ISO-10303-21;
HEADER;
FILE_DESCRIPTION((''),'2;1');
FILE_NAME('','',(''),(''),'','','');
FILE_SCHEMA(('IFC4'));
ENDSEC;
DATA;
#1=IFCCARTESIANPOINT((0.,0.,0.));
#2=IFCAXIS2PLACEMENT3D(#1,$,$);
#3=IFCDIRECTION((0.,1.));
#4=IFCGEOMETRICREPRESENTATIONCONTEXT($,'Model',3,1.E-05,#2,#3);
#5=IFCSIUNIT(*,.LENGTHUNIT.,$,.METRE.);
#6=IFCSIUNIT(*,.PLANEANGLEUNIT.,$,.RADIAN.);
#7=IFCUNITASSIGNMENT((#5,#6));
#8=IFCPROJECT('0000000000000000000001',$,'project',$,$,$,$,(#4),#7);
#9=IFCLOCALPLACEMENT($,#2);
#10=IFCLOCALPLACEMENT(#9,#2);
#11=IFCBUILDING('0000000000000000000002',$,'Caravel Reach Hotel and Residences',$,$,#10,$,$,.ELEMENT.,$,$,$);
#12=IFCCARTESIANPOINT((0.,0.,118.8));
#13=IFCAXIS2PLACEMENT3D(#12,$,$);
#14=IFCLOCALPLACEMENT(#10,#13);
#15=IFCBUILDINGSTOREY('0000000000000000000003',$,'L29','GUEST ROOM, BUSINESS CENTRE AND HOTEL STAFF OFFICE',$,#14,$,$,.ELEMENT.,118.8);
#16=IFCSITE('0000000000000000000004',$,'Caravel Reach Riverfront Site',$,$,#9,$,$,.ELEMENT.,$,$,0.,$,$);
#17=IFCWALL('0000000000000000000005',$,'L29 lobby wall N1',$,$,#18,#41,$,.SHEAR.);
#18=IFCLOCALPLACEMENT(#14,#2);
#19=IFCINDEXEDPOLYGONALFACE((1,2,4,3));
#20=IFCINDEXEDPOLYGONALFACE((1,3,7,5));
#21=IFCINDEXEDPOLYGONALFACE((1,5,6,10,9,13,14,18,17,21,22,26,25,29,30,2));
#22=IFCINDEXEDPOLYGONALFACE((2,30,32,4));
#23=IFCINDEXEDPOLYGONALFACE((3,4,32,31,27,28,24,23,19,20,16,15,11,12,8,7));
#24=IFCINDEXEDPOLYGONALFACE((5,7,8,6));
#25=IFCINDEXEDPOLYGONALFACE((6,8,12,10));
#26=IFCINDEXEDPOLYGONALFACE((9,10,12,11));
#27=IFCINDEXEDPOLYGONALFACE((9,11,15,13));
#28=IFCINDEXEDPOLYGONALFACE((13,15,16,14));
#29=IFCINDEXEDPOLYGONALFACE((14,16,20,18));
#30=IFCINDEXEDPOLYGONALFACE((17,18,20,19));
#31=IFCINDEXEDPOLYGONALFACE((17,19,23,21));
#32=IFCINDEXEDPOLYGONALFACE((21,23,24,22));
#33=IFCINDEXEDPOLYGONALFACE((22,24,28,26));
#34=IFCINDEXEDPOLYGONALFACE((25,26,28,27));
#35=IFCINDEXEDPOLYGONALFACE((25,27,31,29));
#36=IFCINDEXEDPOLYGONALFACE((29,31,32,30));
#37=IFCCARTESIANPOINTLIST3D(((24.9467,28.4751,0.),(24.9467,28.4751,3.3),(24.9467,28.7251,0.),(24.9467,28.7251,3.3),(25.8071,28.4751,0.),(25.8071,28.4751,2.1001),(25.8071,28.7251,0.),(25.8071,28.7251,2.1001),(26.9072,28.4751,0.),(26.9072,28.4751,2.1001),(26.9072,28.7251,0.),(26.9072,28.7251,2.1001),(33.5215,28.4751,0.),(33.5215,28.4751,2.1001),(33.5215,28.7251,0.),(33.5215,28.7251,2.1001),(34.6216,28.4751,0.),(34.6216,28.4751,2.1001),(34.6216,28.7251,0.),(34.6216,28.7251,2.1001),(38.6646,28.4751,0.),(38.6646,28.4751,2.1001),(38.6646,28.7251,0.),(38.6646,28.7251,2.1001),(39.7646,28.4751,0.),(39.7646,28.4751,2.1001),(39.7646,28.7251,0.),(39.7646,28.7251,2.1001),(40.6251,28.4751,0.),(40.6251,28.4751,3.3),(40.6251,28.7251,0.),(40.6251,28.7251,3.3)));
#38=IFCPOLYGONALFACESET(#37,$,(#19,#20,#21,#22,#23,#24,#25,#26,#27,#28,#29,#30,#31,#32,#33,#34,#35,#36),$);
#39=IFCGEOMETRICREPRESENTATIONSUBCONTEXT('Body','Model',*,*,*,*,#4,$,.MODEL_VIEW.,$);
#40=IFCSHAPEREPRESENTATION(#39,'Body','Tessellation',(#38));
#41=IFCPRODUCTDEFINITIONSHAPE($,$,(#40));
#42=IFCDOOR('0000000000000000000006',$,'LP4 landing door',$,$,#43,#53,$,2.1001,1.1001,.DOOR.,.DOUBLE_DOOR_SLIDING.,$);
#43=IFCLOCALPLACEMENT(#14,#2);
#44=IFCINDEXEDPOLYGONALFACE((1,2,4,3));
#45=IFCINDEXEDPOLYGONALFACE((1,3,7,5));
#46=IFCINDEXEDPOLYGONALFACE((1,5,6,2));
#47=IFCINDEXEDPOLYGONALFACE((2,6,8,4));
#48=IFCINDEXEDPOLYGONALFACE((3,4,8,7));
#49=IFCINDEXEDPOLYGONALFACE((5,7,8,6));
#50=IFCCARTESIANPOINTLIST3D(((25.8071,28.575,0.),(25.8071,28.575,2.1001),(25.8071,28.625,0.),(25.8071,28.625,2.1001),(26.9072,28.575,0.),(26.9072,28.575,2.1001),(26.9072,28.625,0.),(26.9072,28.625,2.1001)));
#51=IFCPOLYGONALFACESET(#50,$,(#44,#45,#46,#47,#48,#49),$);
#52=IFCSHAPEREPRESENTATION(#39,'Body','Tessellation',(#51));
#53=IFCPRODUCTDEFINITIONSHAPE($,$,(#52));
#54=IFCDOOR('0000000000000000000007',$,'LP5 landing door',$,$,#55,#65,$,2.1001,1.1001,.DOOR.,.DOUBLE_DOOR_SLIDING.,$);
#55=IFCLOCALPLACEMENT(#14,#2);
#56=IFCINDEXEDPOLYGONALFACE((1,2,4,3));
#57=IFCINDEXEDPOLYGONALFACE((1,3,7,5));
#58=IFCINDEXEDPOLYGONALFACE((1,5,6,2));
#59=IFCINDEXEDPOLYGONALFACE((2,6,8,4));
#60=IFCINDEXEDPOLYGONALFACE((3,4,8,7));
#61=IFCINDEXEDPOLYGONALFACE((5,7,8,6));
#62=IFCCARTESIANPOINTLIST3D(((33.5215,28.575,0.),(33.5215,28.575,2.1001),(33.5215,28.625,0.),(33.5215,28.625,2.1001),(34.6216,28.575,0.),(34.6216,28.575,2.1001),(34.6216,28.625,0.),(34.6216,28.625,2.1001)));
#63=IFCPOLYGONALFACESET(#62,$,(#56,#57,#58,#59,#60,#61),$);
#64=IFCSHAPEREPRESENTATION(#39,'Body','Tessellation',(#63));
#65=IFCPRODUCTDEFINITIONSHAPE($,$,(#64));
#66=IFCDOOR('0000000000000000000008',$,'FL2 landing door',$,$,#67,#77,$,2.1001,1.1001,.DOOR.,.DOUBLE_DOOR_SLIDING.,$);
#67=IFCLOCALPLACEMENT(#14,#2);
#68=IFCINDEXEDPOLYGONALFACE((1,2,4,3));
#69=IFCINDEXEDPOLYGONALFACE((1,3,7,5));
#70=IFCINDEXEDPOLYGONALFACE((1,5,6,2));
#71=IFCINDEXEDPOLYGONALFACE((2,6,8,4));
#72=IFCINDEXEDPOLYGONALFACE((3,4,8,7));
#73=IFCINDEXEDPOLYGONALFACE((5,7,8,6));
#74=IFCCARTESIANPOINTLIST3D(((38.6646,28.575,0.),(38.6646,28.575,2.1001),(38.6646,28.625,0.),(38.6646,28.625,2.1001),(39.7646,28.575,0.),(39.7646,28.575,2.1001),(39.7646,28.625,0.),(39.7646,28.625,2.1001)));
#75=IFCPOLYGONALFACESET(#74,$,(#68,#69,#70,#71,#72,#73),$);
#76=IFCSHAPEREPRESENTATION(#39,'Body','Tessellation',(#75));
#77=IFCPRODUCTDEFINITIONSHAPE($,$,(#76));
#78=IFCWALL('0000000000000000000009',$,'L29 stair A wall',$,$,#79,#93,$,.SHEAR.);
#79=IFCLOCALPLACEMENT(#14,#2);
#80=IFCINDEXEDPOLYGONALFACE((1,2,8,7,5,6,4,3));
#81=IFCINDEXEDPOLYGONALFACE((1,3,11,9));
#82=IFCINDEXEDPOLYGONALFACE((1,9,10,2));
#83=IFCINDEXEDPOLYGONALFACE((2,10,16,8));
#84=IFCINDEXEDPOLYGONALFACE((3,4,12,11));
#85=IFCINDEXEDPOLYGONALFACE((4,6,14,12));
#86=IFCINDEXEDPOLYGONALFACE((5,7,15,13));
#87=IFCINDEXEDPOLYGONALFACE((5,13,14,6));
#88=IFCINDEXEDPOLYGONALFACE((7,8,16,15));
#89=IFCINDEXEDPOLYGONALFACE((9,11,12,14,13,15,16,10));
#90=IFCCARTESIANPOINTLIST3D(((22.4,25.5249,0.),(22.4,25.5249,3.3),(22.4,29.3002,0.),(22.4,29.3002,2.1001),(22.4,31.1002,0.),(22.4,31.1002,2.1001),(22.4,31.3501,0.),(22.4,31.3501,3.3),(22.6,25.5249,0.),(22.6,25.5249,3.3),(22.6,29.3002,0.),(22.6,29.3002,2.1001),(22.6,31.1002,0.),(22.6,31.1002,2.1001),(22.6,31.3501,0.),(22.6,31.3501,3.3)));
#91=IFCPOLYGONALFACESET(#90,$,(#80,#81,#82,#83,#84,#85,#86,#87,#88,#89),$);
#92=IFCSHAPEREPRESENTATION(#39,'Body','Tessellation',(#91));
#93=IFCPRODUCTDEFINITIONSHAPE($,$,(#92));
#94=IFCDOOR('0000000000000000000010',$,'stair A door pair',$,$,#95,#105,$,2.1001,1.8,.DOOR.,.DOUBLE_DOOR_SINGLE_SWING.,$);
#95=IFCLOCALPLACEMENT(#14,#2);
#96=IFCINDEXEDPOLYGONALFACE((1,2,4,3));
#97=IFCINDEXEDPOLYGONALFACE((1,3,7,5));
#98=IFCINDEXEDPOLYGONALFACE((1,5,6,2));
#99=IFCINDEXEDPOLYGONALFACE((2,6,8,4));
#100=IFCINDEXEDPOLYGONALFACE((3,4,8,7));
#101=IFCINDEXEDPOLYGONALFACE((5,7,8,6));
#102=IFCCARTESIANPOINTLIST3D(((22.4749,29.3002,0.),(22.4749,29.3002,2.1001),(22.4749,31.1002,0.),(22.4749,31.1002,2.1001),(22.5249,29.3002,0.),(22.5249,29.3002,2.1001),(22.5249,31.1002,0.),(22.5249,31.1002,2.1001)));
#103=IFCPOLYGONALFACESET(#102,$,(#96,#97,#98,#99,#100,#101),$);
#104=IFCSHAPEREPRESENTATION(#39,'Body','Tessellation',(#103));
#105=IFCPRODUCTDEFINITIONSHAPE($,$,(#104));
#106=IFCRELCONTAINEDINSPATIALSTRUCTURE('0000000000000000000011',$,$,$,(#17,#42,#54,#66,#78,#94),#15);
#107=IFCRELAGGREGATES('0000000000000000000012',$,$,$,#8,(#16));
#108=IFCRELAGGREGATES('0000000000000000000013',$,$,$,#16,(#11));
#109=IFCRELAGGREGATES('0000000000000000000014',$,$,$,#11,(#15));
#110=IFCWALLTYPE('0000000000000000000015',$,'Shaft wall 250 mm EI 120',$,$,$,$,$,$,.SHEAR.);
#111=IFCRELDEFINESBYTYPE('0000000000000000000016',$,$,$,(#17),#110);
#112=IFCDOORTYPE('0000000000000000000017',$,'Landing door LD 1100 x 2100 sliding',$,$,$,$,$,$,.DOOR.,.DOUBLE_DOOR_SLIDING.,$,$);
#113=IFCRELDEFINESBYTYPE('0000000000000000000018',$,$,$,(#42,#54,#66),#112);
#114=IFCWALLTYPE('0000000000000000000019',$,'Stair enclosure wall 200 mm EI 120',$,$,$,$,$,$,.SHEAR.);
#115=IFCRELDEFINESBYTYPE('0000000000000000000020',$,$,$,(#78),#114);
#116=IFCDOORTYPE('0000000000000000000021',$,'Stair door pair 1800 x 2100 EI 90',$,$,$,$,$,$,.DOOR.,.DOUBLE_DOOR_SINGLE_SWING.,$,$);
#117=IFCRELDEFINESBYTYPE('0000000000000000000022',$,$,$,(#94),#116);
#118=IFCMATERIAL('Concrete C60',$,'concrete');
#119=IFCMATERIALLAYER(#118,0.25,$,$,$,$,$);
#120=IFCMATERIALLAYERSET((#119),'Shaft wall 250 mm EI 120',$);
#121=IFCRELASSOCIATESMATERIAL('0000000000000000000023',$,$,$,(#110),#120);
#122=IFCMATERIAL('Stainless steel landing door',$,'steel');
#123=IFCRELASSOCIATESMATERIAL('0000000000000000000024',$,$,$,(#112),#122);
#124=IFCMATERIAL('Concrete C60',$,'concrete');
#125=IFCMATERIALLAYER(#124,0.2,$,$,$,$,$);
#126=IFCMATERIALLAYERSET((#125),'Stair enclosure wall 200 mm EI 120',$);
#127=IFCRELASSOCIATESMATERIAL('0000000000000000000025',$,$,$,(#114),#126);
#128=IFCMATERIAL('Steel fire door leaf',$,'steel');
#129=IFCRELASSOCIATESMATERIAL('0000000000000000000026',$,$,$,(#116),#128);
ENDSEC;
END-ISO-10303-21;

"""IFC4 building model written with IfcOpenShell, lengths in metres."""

from ifc_helpers import new_model, si_unit, direction, frame, frame_2d, origin, place, context, subcontext, project, spatial, rectangle, extrude, material, layer, layer_set, type_object, element, fill, save


model = new_model("IFC4")

# Units and contexts
model_context = context("Model", 3, precision=1e-05, world=origin(), true_north=direction((0.0, 1.0)))
body_context = subcontext(model_context, "Body", "Model", "MODEL_VIEW")
ifc_project = project(units=[si_unit("LENGTHUNIT", "METRE"), si_unit("PLANEANGLEUNIT", "RADIAN")], contexts=[model_context])

# Site, building, storey
site_placement = place(None, origin())
site = spatial("IfcSite", under=ifc_project, at=site_placement, Name="Caravel Reach Riverfront Site", CompositionType="ELEMENT", RefElevation=0.0)
building_placement = place(site_placement, origin())
building = spatial("IfcBuilding", under=site, at=building_placement, Name="Caravel Reach Hotel and Residences", CompositionType="ELEMENT")
storey_placement = place(building_placement, frame((0.0, 0.0, 118.8)))
storey = spatial("IfcBuildingStorey", under=building, at=storey_placement, Name="L29", Description="GUEST ROOM, BUSINESS CENTRE AND HOTEL STAFF OFFICE", CompositionType="ELEMENT", Elevation=118.8)

# Wall, openings, doors
ifc_material_1 = material(Name="Concrete C60", Category="concrete")
ifc_layer_1 = layer(ifc_material_1, 0.25)
ifc_layer_set_1 = layer_set([ifc_layer_1], Name="Shaft wall 250 mm EI 120")
wall_type_1 = type_object("IfcWallType", Name="Shaft wall 250 mm EI 120", PredefinedType="SHEAR", material=ifc_layer_set_1)
wall_1_placement = place(storey_placement, frame((24.9465, 28.6001, 0.0), z_axis=(0.0, 0.0, 1.0), x_axis=(1.0, 0.0, 0.0)))
wall_1 = element("IfcWall", 1, at=wall_1_placement, inside=storey, type_object=wall_type_1, Name="L29 lobby wall N1", PredefinedType="SHEAR", context=body_context, shape_type="SweptSolid", body=[
    extrude(rectangle(XDim=15.6785, YDim=0.25, at=frame_2d((7.8394, 0.0))), origin(), (0.0, 0.0, 1.0), 3.3),
])
opening_1_placement = place(wall_1_placement, frame((0.8606, 0.0, 0.0)))
opening_1 = element("IfcOpeningElement", 2, at=opening_1_placement, cuts=wall_1, PredefinedType="OPENING", context=body_context, shape_type="SweptSolid", body=[
    extrude(rectangle(XDim=1.1001, YDim=2.1001, at=frame_2d((0.55, 1.05))), frame((0.0, 0.135, 0.0), z_axis=(0.0, -1.0, 0.0), x_axis=(1.0, 0.0, 0.0)), (0.0, 0.0, 1.0), 0.27),
])
opening_2_placement = place(wall_1_placement, frame((8.575, 0.0, 0.0)))
opening_2 = element("IfcOpeningElement", 3, at=opening_2_placement, cuts=wall_1, PredefinedType="OPENING", context=body_context, shape_type="SweptSolid", body=[
    extrude(rectangle(XDim=1.1001, YDim=2.1001, at=frame_2d((0.55, 1.05))), frame((0.0, 0.135, 0.0), z_axis=(0.0, -1.0, 0.0), x_axis=(1.0, 0.0, 0.0)), (0.0, 0.0, 1.0), 0.27),
])
opening_3_placement = place(wall_1_placement, frame((13.718, 0.0, 0.0)))
opening_3 = element("IfcOpeningElement", 4, at=opening_3_placement, cuts=wall_1, PredefinedType="OPENING", context=body_context, shape_type="SweptSolid", body=[
    extrude(rectangle(XDim=1.1001, YDim=2.1001, at=frame_2d((0.55, 1.05))), frame((0.0, 0.135, 0.0), z_axis=(0.0, -1.0, 0.0), x_axis=(1.0, 0.0, 0.0)), (0.0, 0.0, 1.0), 0.27),
])
ifc_material_2 = material(Name="Stainless steel landing door", Category="steel")
door_type_1 = type_object("IfcDoorType", Name="Landing door LD 1100 x 2100 sliding", OperationType="DOUBLE_DOOR_SLIDING", PredefinedType="DOOR", material=ifc_material_2)
door_1_placement = place(opening_1_placement, origin())
door_1 = element("IfcDoor", 5, at=door_1_placement, inside=storey, type_object=door_type_1, Name="LP4 landing door", OperationType="DOUBLE_DOOR_SLIDING", OverallHeight=2.1001, OverallWidth=1.1001, PredefinedType="DOOR", context=body_context, shape_type="SweptSolid", body=[
    extrude(rectangle(XDim=1.1001, YDim=2.1001, at=frame_2d((0.55, 1.05))), frame((0.0, 0.0249, 0.0), z_axis=(0.0, -1.0, 0.0), x_axis=(1.0, 0.0, 0.0)), (0.0, 0.0, 1.0), 0.05),
])
fill(opening_1, door_1)
door_2_placement = place(opening_2_placement, origin())
door_2 = element("IfcDoor", 6, at=door_2_placement, inside=storey, type_object=door_type_1, Name="LP5 landing door", OperationType="DOUBLE_DOOR_SLIDING", OverallHeight=2.1001, OverallWidth=1.1001, PredefinedType="DOOR", context=body_context, shape_type="SweptSolid", body=[
    extrude(rectangle(XDim=1.1001, YDim=2.1001, at=frame_2d((0.55, 1.05))), frame((0.0, 0.0249, 0.0), z_axis=(0.0, -1.0, 0.0), x_axis=(1.0, 0.0, 0.0)), (0.0, 0.0, 1.0), 0.05),
])
fill(opening_2, door_2)
door_3_placement = place(opening_3_placement, origin())
door_3 = element("IfcDoor", 7, at=door_3_placement, inside=storey, type_object=door_type_1, Name="FL2 landing door", OperationType="DOUBLE_DOOR_SLIDING", OverallHeight=2.1001, OverallWidth=1.1001, PredefinedType="DOOR", context=body_context, shape_type="SweptSolid", body=[
    extrude(rectangle(XDim=1.1001, YDim=2.1001, at=frame_2d((0.55, 1.05))), frame((0.0, 0.0249, 0.0), z_axis=(0.0, -1.0, 0.0), x_axis=(1.0, 0.0, 0.0)), (0.0, 0.0, 1.0), 0.05),
])
fill(opening_3, door_3)

# Wall, opening, door
ifc_material_3 = material(Name="Concrete C60", Category="concrete")
ifc_layer_2 = layer(ifc_material_3, 0.2)
ifc_layer_set_2 = layer_set([ifc_layer_2], Name="Stair enclosure wall 200 mm EI 120")
wall_type_2 = type_object("IfcWallType", Name="Stair enclosure wall 200 mm EI 120", PredefinedType="SHEAR", material=ifc_layer_set_2)
wall_2_placement = place(storey_placement, frame((22.5, 31.3501, 0.0), z_axis=(0.0, 0.0, 1.0), x_axis=(0.0, -1.0, 0.0)))
wall_2 = element("IfcWall", 8, at=wall_2_placement, inside=storey, type_object=wall_type_2, Name="L29 stair A wall", PredefinedType="SHEAR", context=body_context, shape_type="SweptSolid", body=[
    extrude(rectangle(XDim=5.8252, YDim=0.2, at=frame_2d((2.9126, 0.0))), origin(), (0.0, 0.0, 1.0), 3.3),
])
opening_4_placement = place(wall_2_placement, frame((0.25, 0.0, 0.0)))
opening_4 = element("IfcOpeningElement", 9, at=opening_4_placement, cuts=wall_2, PredefinedType="OPENING", context=body_context, shape_type="SweptSolid", body=[
    extrude(rectangle(XDim=1.8, YDim=2.1001, at=frame_2d((0.8999, 1.05))), frame((0.0, 0.1099, 0.0), z_axis=(0.0, -1.0, 0.0), x_axis=(1.0, 0.0, 0.0)), (0.0, 0.0, 1.0), 0.22),
])
ifc_material_4 = material(Name="Steel fire door leaf", Category="steel")
door_type_2 = type_object("IfcDoorType", Name="Stair door pair 1800 x 2100 EI 90", OperationType="DOUBLE_DOOR_SINGLE_SWING", PredefinedType="DOOR", material=ifc_material_4)
door_4_placement = place(opening_4_placement, origin())
door_4 = element("IfcDoor", 10, at=door_4_placement, inside=storey, type_object=door_type_2, Name="stair A door pair", OperationType="DOUBLE_DOOR_SINGLE_SWING", OverallHeight=2.1001, OverallWidth=1.8, PredefinedType="DOOR", context=body_context, shape_type="SweptSolid", body=[
    extrude(rectangle(XDim=1.8, YDim=2.1001, at=frame_2d((0.8999, 1.05))), frame((0.0, 0.0249, 0.0), z_axis=(0.0, -1.0, 0.0), x_axis=(1.0, 0.0, 0.0)), (0.0, 0.0, 1.0), 0.05),
])
fill(opening_4, door_4)

save(model, "model.ifc")
